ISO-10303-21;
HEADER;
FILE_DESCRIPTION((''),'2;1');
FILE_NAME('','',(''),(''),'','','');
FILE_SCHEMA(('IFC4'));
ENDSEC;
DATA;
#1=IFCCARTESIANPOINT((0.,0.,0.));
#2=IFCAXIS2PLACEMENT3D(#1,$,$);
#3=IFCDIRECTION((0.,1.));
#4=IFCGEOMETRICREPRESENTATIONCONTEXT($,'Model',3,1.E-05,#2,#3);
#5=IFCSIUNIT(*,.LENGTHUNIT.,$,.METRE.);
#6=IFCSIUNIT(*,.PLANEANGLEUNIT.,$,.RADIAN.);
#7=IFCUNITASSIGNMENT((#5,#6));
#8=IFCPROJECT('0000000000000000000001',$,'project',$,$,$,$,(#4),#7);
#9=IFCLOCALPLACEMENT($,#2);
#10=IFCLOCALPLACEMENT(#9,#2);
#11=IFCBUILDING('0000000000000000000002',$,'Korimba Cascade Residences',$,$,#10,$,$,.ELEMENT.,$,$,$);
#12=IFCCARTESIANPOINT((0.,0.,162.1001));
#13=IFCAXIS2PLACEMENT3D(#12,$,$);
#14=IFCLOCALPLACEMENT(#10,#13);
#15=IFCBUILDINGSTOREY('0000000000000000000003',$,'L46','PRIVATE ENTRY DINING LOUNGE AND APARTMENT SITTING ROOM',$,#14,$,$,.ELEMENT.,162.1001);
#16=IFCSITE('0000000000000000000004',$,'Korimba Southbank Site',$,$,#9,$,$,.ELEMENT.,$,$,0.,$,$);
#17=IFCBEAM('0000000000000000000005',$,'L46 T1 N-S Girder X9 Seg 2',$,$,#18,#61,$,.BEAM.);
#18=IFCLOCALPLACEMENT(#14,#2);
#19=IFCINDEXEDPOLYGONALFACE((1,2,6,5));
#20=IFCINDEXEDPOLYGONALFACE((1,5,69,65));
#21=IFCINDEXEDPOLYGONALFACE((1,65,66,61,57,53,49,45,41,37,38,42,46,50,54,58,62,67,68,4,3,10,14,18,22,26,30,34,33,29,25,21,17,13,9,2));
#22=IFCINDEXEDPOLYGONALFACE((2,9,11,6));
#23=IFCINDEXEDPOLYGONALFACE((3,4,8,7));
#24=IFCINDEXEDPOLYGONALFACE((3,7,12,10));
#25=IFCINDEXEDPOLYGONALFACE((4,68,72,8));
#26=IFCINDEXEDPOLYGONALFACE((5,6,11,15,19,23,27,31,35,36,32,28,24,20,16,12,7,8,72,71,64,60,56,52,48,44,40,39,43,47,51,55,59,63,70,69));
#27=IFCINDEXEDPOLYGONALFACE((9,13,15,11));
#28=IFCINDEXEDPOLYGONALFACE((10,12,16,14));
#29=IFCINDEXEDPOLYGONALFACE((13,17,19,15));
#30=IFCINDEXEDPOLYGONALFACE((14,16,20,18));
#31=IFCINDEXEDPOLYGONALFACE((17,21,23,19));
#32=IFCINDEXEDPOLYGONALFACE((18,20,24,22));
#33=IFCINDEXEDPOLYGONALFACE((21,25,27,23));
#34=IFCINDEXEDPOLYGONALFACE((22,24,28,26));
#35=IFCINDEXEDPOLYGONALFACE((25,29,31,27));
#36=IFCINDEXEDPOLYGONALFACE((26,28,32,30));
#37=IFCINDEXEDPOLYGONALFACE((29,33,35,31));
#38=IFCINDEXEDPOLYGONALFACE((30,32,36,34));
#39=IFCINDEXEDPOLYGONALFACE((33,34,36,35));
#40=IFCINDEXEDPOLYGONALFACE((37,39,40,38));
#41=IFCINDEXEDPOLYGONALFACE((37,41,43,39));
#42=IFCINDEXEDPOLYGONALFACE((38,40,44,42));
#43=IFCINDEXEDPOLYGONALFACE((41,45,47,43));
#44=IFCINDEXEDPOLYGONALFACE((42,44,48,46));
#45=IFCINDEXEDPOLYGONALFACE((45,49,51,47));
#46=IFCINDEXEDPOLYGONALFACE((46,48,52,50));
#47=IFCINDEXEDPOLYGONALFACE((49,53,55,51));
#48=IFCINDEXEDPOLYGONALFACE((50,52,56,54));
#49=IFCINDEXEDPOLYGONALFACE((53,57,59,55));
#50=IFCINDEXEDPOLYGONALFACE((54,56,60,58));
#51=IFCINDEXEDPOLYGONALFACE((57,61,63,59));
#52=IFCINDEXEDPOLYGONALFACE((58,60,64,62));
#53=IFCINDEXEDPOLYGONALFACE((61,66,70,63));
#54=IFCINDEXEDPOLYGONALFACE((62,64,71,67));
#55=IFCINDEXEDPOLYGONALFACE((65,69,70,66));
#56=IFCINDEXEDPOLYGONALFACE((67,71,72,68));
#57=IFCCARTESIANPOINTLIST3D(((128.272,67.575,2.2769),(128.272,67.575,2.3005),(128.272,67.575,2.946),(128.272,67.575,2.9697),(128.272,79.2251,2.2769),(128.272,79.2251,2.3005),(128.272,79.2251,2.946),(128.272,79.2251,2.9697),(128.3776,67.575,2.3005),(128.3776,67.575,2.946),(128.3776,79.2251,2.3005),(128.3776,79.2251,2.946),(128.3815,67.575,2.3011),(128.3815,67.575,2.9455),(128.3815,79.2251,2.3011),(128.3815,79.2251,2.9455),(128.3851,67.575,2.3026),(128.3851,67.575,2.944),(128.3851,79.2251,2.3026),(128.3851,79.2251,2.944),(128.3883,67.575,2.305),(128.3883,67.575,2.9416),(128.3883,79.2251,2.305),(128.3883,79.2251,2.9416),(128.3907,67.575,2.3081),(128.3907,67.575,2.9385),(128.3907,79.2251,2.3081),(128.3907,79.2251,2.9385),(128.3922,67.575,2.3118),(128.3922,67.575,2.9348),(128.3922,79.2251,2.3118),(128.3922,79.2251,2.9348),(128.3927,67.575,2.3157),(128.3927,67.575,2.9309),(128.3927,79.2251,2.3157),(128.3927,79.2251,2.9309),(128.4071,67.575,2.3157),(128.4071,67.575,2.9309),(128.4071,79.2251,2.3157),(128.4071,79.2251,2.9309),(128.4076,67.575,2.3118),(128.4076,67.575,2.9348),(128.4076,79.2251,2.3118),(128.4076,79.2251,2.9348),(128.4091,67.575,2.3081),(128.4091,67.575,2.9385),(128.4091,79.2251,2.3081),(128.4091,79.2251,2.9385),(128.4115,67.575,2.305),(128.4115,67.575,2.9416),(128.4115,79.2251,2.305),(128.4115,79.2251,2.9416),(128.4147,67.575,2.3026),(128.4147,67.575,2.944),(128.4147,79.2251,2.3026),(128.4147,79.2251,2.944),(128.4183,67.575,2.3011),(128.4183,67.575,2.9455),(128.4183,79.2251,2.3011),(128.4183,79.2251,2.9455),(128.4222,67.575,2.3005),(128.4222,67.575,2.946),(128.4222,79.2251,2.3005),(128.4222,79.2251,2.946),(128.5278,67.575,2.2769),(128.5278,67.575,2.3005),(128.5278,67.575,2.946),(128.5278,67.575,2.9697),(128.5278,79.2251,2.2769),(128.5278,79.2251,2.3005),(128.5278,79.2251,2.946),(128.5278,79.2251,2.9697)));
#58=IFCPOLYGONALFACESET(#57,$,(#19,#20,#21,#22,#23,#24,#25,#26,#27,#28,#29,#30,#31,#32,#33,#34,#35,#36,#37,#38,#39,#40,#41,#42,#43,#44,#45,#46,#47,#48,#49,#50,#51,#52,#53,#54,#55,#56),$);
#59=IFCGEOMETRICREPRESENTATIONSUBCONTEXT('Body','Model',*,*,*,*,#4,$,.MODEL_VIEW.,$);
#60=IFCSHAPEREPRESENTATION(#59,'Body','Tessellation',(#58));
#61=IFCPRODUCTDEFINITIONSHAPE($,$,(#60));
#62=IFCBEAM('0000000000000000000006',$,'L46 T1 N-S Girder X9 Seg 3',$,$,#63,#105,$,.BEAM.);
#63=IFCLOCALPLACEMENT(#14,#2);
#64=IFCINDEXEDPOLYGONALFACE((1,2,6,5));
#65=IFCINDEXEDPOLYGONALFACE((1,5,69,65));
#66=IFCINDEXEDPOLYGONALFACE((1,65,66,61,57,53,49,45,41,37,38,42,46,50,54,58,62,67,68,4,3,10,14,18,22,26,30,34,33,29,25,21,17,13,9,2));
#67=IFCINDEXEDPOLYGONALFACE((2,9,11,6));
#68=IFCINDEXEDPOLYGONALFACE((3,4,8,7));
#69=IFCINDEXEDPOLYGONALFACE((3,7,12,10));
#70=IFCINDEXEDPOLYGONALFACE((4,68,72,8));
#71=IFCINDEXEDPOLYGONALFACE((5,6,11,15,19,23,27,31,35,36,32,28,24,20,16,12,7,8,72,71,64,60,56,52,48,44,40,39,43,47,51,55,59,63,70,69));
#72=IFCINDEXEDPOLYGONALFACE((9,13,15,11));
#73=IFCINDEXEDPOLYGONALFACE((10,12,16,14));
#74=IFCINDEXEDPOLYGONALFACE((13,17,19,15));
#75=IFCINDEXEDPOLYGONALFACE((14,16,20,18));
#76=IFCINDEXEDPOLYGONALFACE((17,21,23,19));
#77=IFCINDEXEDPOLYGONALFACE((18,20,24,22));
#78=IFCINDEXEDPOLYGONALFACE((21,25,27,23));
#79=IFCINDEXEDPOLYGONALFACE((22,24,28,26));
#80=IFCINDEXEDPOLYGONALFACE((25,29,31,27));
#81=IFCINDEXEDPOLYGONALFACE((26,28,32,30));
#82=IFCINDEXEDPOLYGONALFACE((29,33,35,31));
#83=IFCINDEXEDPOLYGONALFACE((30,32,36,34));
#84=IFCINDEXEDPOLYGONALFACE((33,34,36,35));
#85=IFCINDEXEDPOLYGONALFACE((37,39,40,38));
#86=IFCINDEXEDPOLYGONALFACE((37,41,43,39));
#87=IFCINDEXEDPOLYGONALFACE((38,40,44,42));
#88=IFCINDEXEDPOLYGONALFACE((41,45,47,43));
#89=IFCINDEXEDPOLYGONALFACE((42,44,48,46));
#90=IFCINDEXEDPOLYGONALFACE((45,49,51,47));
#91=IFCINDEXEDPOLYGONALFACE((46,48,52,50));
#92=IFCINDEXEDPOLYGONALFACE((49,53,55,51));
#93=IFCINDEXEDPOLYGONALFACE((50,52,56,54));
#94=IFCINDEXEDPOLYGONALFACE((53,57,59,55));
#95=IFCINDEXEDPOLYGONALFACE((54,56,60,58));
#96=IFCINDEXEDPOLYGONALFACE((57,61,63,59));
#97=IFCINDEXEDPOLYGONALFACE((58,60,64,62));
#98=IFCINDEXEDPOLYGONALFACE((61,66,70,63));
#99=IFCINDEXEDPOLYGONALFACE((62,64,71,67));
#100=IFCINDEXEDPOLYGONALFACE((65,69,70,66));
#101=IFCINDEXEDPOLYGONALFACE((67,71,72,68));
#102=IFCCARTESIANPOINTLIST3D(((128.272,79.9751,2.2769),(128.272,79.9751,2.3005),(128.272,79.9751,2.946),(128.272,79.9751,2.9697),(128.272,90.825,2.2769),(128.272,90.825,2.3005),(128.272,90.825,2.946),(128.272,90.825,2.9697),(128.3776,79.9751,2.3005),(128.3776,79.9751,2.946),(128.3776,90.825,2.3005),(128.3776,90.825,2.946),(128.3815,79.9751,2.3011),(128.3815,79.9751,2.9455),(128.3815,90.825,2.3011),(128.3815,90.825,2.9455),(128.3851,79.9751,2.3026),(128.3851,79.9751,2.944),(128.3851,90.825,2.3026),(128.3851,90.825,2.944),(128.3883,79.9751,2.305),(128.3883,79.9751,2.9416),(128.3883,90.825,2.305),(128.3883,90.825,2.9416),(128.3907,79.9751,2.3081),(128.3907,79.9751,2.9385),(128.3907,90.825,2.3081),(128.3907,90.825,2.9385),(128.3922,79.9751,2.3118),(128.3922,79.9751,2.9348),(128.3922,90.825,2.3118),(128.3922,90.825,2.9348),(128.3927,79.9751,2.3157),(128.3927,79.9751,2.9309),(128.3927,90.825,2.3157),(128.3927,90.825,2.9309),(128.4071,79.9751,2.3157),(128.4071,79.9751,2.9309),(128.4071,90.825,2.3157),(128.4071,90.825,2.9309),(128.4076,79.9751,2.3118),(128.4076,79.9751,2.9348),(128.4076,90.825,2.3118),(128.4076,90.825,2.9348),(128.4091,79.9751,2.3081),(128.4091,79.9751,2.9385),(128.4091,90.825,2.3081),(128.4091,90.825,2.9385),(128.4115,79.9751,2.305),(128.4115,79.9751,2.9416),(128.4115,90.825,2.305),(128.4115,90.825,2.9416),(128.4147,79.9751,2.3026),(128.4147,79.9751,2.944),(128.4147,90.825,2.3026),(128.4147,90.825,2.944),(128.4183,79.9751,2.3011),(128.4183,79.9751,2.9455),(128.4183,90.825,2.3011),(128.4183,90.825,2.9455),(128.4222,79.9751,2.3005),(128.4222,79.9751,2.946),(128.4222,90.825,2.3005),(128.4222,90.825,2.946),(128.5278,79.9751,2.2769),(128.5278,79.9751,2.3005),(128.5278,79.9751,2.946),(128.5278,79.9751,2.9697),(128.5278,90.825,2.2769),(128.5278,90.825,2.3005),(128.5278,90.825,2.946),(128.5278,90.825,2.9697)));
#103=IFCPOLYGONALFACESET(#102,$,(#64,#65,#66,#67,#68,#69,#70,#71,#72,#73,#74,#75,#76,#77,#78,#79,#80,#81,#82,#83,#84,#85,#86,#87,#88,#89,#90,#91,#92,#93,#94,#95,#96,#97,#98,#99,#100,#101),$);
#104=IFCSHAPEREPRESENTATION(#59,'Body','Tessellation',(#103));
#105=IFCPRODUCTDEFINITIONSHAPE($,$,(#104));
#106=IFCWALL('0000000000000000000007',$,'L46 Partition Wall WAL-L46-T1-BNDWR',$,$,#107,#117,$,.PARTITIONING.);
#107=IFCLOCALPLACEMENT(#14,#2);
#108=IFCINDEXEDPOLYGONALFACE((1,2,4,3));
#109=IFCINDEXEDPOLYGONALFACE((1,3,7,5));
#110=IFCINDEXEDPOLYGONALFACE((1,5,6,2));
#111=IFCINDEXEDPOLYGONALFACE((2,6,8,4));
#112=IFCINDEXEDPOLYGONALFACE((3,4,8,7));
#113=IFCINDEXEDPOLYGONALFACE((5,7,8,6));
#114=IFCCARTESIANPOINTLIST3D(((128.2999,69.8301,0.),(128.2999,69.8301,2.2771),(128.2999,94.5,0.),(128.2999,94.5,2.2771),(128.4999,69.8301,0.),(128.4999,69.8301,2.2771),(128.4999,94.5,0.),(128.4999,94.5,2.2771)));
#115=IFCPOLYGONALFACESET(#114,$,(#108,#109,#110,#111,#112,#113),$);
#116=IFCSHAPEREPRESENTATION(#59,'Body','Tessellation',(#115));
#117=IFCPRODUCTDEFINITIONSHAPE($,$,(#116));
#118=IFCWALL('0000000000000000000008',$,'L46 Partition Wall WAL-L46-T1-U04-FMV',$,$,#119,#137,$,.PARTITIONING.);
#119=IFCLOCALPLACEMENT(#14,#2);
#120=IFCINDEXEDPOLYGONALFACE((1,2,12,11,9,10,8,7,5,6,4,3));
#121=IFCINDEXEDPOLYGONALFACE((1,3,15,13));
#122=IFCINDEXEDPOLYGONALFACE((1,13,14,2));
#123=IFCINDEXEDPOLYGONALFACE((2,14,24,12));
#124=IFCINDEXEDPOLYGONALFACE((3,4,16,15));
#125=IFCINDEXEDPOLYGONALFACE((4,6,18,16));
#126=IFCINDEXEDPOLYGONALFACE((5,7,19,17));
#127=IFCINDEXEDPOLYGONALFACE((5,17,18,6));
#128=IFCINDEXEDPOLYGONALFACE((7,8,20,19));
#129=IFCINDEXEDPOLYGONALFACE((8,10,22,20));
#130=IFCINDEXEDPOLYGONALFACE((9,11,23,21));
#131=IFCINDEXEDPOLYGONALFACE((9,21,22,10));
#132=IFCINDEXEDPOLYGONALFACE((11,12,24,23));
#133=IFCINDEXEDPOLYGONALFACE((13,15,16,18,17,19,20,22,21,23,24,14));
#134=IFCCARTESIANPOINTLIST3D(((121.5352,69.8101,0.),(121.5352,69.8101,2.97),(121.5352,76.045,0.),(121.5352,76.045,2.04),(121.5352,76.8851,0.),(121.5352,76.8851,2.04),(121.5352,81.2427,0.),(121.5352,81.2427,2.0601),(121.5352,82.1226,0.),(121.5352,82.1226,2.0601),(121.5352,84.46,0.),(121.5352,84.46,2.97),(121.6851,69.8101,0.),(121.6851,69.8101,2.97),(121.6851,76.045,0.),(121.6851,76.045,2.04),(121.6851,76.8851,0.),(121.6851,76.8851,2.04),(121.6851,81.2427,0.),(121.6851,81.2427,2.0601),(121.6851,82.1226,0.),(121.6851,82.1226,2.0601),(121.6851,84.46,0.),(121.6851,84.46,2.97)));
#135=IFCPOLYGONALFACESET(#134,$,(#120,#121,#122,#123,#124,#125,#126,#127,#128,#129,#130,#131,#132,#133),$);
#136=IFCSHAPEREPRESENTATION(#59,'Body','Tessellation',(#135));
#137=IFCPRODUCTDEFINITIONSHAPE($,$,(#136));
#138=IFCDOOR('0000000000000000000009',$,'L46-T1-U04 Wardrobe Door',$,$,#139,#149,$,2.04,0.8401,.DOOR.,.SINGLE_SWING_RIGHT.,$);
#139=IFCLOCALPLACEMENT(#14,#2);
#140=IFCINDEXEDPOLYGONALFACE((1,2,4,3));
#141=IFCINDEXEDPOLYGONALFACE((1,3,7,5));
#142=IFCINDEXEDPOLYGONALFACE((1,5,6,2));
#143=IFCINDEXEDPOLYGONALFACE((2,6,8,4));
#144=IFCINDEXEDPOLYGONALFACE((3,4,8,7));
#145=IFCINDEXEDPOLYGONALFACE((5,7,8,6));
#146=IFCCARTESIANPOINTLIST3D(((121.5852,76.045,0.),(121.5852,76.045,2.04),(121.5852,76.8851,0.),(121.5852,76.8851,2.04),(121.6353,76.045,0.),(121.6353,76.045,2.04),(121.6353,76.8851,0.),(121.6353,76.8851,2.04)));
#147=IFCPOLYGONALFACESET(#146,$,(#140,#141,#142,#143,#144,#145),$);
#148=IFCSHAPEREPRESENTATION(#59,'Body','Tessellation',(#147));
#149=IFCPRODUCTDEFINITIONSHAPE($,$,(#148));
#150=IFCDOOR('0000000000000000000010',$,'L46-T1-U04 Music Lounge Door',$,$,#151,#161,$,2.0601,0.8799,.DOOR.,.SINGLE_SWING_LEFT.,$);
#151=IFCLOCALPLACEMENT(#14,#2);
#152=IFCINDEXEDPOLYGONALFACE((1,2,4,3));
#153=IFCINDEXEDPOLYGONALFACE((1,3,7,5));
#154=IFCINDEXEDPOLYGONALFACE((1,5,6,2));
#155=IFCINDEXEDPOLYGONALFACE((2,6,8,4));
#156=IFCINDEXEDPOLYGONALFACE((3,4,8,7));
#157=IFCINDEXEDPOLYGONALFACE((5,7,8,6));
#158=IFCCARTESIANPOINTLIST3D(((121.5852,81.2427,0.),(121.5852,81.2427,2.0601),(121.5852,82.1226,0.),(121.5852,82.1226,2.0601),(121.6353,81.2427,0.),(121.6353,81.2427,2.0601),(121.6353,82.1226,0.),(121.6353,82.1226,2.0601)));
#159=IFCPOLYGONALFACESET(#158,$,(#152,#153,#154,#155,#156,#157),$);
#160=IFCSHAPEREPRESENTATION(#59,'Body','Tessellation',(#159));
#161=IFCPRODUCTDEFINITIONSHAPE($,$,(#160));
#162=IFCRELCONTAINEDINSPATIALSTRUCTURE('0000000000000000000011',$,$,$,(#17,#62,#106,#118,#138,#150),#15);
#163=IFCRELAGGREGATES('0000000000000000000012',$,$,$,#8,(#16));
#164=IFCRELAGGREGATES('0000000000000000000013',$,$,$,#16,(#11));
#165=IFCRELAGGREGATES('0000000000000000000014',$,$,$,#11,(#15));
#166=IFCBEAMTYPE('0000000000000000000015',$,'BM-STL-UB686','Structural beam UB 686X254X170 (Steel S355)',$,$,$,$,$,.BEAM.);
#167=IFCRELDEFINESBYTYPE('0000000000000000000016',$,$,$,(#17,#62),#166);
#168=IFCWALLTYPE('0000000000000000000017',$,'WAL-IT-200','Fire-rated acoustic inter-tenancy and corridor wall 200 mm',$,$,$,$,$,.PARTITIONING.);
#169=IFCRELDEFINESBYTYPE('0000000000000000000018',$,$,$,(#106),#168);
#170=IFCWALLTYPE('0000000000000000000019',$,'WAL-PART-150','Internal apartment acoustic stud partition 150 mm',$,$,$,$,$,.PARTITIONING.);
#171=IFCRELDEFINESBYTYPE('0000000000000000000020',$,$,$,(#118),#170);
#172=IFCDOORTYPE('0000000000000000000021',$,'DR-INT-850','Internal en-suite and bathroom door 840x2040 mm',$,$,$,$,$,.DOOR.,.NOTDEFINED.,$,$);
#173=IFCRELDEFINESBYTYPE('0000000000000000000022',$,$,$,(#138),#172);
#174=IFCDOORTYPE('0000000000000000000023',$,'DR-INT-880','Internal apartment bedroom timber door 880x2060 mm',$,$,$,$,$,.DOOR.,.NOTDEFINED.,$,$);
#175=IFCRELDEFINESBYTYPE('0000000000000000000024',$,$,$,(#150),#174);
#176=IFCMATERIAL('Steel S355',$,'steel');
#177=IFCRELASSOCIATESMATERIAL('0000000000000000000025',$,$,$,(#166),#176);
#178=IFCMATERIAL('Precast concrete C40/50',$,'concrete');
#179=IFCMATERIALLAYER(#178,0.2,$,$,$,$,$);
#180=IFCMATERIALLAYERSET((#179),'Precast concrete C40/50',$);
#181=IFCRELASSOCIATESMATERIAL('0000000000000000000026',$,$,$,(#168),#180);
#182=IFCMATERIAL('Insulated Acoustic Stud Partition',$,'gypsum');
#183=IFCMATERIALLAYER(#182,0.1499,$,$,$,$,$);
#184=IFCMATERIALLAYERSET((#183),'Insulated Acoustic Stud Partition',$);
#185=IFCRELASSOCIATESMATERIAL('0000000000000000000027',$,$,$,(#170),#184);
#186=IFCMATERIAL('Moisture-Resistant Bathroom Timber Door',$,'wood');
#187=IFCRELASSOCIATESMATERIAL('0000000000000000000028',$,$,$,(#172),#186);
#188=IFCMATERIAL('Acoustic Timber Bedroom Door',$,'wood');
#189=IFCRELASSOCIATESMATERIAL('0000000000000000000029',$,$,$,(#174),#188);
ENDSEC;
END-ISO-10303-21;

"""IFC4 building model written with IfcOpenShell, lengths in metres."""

from ifc_helpers import new_model, si_unit, direction, frame, frame_2d, origin, origin_2d, place, context, subcontext, project, spatial, rectangle, i_section, extrude, material, layer, layer_set, material_profile, profile_set, type_object, element, fill, save


model = new_model("IFC4")

# Units and contexts
model_context = context("Model", 3, precision=1e-05, world=origin(), true_north=direction((0.0, 1.0)))
body_context = subcontext(model_context, "Body", "Model", "MODEL_VIEW")
ifc_project = project(units=[si_unit("LENGTHUNIT", "METRE"), si_unit("PLANEANGLEUNIT", "RADIAN")], contexts=[model_context])

# Site, building, storey
site_placement = place(None, origin())
site = spatial("IfcSite", under=ifc_project, at=site_placement, Name="Korimba Southbank Site", CompositionType="ELEMENT", RefElevation=0.0)
building_placement = place(site_placement, origin())
building = spatial("IfcBuilding", under=site, at=building_placement, Name="Korimba Cascade Residences", CompositionType="ELEMENT")
storey_placement = place(building_placement, frame((0.0, 0.0, 162.1001)))
storey = spatial("IfcBuildingStorey", under=building, at=storey_placement, Name="L46", Description="PRIVATE ENTRY DINING LOUNGE AND APARTMENT SITTING ROOM", CompositionType="ELEMENT", Elevation=162.1001)

# Beams
ifc_material_1 = material(Name="Steel S355", Category="steel")
ifc_material_profile_1 = material_profile(ifc_material_1, i_section(OverallWidth=0.2559, OverallDepth=0.6929, WebThickness=0.0144, FlangeThickness=0.0237, FilletRadius=0.0151, at=origin_2d()), Name="Steel S355")
ifc_profile_set_1 = profile_set([ifc_material_profile_1], Name="Steel S355")
beam_type_1 = type_object("IfcBeamType", Name="BM-STL-UB686", Description="Structural beam UB 686X254X170 (Steel S355)", PredefinedType="BEAM", material=ifc_profile_set_1)
beam_1_placement = place(storey_placement, frame((128.3999, 67.575, 2.6233), z_axis=(0.0, 1.0, 0.0), x_axis=(-1.0, 0.0, 0.0)))
element("IfcBeam", 1, at=beam_1_placement, inside=storey, type_object=beam_type_1, Name="L46 T1 N-S Girder X9 Seg 2", PredefinedType="BEAM", context=body_context, shape_type="SweptSolid", body=[
    extrude(i_section(OverallWidth=0.2559, OverallDepth=0.6929, WebThickness=0.0144, FlangeThickness=0.0237, FilletRadius=0.0151, at=origin_2d()), origin(), (0.0, 0.0, 1.0), 11.6501),
])
beam_2_placement = place(storey_placement, frame((128.3999, 79.9751, 2.6233), z_axis=(0.0, 1.0, 0.0), x_axis=(-1.0, 0.0, 0.0)))
element("IfcBeam", 2, at=beam_2_placement, inside=storey, type_object=beam_type_1, Name="L46 T1 N-S Girder X9 Seg 3", PredefinedType="BEAM", context=body_context, shape_type="SweptSolid", body=[
    extrude(i_section(OverallWidth=0.2559, OverallDepth=0.6929, WebThickness=0.0144, FlangeThickness=0.0237, FilletRadius=0.0151, at=origin_2d()), origin(), (0.0, 0.0, 1.0), 10.8499),
])

# Wall
ifc_material_2 = material(Name="Precast concrete C40/50", Category="concrete")
ifc_layer_1 = layer(ifc_material_2, 0.2)
ifc_layer_set_1 = layer_set([ifc_layer_1], Name="Precast concrete C40/50")
wall_type_1 = type_object("IfcWallType", Name="WAL-IT-200", Description="Fire-rated acoustic inter-tenancy and corridor wall 200 mm", PredefinedType="PARTITIONING", material=ifc_layer_set_1)
wall_1_placement = place(storey_placement, frame((128.3999, 69.8301, 0.0), z_axis=(0.0, 0.0, 1.0), x_axis=(0.0, 1.0, 0.0)))
element("IfcWall", 3, at=wall_1_placement, inside=storey, type_object=wall_type_1, Name="L46 Partition Wall WAL-L46-T1-BNDWR", PredefinedType="PARTITIONING", context=body_context, shape_type="SweptSolid", body=[
    extrude(rectangle(XDim=24.6699, YDim=0.2, at=frame_2d((12.335, 0.0))), origin(), (0.0, 0.0, 1.0), 2.2771),
])

# Wall, openings, doors
ifc_material_3 = material(Name="Insulated Acoustic Stud Partition", Category="gypsum")
ifc_layer_2 = layer(ifc_material_3, 0.1499)
ifc_layer_set_2 = layer_set([ifc_layer_2], Name="Insulated Acoustic Stud Partition")
wall_type_2 = type_object("IfcWallType", Name="WAL-PART-150", Description="Internal apartment acoustic stud partition 150 mm", PredefinedType="PARTITIONING", material=ifc_layer_set_2)
wall_2_placement = place(storey_placement, frame((121.6101, 69.8101, 0.0), z_axis=(0.0, 0.0, 1.0), x_axis=(0.0, 1.0, 0.0)))
wall_2 = element("IfcWall", 4, at=wall_2_placement, inside=storey, type_object=wall_type_2, Name="L46 Partition Wall WAL-L46-T1-U04-FMV", PredefinedType="PARTITIONING", context=body_context, shape_type="SweptSolid", body=[
    extrude(rectangle(XDim=14.6499, YDim=0.1499, at=frame_2d((7.325, 0.0))), origin(), (0.0, 0.0, 1.0), 2.97),
])
opening_1_placement = place(wall_2_placement, frame((6.2351, 0.0, 0.0)))
opening_1 = element("IfcOpeningElement", 5, at=opening_1_placement, cuts=wall_2, PredefinedType="OPENING", context=body_context, shape_type="SweptSolid", body=[
    extrude(rectangle(XDim=0.8401, YDim=2.04, at=frame_2d((0.4199, 1.02))), frame((0.0, 0.085, 0.0), z_axis=(0.0, -1.0, 0.0), x_axis=(1.0, 0.0, 0.0)), (0.0, 0.0, 1.0), 0.1699),
])
opening_2_placement = place(wall_2_placement, frame((11.4326, 0.0, 0.0)))
opening_2 = element("IfcOpeningElement", 6, at=opening_2_placement, cuts=wall_2, PredefinedType="OPENING", context=body_context, shape_type="SweptSolid", body=[
    extrude(rectangle(XDim=0.8799, YDim=2.0601, at=frame_2d((0.4399, 1.03))), frame((0.0, 0.085, 0.0), z_axis=(0.0, -1.0, 0.0), x_axis=(1.0, 0.0, 0.0)), (0.0, 0.0, 1.0), 0.1699),
])
ifc_material_4 = material(Name="Moisture-Resistant Bathroom Timber Door", Category="wood")
door_type_1 = type_object("IfcDoorType", Name="DR-INT-850", Description="Internal en-suite and bathroom door 840x2040 mm", OperationType="NOTDEFINED", PredefinedType="DOOR", material=ifc_material_4)
door_1_placement = place(opening_1_placement, origin())
door_1 = element("IfcDoor", 7, at=door_1_placement, inside=storey, type_object=door_type_1, Name="L46-T1-U04 Wardrobe Door", OperationType="SINGLE_SWING_RIGHT", OverallHeight=2.04, OverallWidth=0.8401, PredefinedType="DOOR", context=body_context, shape_type="SweptSolid", body=[
    extrude(rectangle(XDim=0.8401, YDim=2.04, at=frame_2d((0.4199, 1.02))), frame((0.0, 0.0249, 0.0), z_axis=(0.0, -1.0, 0.0), x_axis=(1.0, 0.0, 0.0)), (0.0, 0.0, 1.0), 0.05),
])
fill(opening_1, door_1)
ifc_material_5 = material(Name="Acoustic Timber Bedroom Door", Category="wood")
door_type_2 = type_object("IfcDoorType", Name="DR-INT-880", Description="Internal apartment bedroom timber door 880x2060 mm", OperationType="NOTDEFINED", PredefinedType="DOOR", material=ifc_material_5)
door_2_placement = place(opening_2_placement, origin())
door_2 = element("IfcDoor", 8, at=door_2_placement, inside=storey, type_object=door_type_2, Name="L46-T1-U04 Music Lounge Door", OperationType="SINGLE_SWING_LEFT", OverallHeight=2.0601, OverallWidth=0.8799, PredefinedType="DOOR", context=body_context, shape_type="SweptSolid", body=[
    extrude(rectangle(XDim=0.8799, YDim=2.0601, at=frame_2d((0.4399, 1.03))), frame((0.0, 0.0249, 0.0), z_axis=(0.0, -1.0, 0.0), x_axis=(1.0, 0.0, 0.0)), (0.0, 0.0, 1.0), 0.05),
])
fill(opening_2, door_2)

save(model, "model.ifc")
